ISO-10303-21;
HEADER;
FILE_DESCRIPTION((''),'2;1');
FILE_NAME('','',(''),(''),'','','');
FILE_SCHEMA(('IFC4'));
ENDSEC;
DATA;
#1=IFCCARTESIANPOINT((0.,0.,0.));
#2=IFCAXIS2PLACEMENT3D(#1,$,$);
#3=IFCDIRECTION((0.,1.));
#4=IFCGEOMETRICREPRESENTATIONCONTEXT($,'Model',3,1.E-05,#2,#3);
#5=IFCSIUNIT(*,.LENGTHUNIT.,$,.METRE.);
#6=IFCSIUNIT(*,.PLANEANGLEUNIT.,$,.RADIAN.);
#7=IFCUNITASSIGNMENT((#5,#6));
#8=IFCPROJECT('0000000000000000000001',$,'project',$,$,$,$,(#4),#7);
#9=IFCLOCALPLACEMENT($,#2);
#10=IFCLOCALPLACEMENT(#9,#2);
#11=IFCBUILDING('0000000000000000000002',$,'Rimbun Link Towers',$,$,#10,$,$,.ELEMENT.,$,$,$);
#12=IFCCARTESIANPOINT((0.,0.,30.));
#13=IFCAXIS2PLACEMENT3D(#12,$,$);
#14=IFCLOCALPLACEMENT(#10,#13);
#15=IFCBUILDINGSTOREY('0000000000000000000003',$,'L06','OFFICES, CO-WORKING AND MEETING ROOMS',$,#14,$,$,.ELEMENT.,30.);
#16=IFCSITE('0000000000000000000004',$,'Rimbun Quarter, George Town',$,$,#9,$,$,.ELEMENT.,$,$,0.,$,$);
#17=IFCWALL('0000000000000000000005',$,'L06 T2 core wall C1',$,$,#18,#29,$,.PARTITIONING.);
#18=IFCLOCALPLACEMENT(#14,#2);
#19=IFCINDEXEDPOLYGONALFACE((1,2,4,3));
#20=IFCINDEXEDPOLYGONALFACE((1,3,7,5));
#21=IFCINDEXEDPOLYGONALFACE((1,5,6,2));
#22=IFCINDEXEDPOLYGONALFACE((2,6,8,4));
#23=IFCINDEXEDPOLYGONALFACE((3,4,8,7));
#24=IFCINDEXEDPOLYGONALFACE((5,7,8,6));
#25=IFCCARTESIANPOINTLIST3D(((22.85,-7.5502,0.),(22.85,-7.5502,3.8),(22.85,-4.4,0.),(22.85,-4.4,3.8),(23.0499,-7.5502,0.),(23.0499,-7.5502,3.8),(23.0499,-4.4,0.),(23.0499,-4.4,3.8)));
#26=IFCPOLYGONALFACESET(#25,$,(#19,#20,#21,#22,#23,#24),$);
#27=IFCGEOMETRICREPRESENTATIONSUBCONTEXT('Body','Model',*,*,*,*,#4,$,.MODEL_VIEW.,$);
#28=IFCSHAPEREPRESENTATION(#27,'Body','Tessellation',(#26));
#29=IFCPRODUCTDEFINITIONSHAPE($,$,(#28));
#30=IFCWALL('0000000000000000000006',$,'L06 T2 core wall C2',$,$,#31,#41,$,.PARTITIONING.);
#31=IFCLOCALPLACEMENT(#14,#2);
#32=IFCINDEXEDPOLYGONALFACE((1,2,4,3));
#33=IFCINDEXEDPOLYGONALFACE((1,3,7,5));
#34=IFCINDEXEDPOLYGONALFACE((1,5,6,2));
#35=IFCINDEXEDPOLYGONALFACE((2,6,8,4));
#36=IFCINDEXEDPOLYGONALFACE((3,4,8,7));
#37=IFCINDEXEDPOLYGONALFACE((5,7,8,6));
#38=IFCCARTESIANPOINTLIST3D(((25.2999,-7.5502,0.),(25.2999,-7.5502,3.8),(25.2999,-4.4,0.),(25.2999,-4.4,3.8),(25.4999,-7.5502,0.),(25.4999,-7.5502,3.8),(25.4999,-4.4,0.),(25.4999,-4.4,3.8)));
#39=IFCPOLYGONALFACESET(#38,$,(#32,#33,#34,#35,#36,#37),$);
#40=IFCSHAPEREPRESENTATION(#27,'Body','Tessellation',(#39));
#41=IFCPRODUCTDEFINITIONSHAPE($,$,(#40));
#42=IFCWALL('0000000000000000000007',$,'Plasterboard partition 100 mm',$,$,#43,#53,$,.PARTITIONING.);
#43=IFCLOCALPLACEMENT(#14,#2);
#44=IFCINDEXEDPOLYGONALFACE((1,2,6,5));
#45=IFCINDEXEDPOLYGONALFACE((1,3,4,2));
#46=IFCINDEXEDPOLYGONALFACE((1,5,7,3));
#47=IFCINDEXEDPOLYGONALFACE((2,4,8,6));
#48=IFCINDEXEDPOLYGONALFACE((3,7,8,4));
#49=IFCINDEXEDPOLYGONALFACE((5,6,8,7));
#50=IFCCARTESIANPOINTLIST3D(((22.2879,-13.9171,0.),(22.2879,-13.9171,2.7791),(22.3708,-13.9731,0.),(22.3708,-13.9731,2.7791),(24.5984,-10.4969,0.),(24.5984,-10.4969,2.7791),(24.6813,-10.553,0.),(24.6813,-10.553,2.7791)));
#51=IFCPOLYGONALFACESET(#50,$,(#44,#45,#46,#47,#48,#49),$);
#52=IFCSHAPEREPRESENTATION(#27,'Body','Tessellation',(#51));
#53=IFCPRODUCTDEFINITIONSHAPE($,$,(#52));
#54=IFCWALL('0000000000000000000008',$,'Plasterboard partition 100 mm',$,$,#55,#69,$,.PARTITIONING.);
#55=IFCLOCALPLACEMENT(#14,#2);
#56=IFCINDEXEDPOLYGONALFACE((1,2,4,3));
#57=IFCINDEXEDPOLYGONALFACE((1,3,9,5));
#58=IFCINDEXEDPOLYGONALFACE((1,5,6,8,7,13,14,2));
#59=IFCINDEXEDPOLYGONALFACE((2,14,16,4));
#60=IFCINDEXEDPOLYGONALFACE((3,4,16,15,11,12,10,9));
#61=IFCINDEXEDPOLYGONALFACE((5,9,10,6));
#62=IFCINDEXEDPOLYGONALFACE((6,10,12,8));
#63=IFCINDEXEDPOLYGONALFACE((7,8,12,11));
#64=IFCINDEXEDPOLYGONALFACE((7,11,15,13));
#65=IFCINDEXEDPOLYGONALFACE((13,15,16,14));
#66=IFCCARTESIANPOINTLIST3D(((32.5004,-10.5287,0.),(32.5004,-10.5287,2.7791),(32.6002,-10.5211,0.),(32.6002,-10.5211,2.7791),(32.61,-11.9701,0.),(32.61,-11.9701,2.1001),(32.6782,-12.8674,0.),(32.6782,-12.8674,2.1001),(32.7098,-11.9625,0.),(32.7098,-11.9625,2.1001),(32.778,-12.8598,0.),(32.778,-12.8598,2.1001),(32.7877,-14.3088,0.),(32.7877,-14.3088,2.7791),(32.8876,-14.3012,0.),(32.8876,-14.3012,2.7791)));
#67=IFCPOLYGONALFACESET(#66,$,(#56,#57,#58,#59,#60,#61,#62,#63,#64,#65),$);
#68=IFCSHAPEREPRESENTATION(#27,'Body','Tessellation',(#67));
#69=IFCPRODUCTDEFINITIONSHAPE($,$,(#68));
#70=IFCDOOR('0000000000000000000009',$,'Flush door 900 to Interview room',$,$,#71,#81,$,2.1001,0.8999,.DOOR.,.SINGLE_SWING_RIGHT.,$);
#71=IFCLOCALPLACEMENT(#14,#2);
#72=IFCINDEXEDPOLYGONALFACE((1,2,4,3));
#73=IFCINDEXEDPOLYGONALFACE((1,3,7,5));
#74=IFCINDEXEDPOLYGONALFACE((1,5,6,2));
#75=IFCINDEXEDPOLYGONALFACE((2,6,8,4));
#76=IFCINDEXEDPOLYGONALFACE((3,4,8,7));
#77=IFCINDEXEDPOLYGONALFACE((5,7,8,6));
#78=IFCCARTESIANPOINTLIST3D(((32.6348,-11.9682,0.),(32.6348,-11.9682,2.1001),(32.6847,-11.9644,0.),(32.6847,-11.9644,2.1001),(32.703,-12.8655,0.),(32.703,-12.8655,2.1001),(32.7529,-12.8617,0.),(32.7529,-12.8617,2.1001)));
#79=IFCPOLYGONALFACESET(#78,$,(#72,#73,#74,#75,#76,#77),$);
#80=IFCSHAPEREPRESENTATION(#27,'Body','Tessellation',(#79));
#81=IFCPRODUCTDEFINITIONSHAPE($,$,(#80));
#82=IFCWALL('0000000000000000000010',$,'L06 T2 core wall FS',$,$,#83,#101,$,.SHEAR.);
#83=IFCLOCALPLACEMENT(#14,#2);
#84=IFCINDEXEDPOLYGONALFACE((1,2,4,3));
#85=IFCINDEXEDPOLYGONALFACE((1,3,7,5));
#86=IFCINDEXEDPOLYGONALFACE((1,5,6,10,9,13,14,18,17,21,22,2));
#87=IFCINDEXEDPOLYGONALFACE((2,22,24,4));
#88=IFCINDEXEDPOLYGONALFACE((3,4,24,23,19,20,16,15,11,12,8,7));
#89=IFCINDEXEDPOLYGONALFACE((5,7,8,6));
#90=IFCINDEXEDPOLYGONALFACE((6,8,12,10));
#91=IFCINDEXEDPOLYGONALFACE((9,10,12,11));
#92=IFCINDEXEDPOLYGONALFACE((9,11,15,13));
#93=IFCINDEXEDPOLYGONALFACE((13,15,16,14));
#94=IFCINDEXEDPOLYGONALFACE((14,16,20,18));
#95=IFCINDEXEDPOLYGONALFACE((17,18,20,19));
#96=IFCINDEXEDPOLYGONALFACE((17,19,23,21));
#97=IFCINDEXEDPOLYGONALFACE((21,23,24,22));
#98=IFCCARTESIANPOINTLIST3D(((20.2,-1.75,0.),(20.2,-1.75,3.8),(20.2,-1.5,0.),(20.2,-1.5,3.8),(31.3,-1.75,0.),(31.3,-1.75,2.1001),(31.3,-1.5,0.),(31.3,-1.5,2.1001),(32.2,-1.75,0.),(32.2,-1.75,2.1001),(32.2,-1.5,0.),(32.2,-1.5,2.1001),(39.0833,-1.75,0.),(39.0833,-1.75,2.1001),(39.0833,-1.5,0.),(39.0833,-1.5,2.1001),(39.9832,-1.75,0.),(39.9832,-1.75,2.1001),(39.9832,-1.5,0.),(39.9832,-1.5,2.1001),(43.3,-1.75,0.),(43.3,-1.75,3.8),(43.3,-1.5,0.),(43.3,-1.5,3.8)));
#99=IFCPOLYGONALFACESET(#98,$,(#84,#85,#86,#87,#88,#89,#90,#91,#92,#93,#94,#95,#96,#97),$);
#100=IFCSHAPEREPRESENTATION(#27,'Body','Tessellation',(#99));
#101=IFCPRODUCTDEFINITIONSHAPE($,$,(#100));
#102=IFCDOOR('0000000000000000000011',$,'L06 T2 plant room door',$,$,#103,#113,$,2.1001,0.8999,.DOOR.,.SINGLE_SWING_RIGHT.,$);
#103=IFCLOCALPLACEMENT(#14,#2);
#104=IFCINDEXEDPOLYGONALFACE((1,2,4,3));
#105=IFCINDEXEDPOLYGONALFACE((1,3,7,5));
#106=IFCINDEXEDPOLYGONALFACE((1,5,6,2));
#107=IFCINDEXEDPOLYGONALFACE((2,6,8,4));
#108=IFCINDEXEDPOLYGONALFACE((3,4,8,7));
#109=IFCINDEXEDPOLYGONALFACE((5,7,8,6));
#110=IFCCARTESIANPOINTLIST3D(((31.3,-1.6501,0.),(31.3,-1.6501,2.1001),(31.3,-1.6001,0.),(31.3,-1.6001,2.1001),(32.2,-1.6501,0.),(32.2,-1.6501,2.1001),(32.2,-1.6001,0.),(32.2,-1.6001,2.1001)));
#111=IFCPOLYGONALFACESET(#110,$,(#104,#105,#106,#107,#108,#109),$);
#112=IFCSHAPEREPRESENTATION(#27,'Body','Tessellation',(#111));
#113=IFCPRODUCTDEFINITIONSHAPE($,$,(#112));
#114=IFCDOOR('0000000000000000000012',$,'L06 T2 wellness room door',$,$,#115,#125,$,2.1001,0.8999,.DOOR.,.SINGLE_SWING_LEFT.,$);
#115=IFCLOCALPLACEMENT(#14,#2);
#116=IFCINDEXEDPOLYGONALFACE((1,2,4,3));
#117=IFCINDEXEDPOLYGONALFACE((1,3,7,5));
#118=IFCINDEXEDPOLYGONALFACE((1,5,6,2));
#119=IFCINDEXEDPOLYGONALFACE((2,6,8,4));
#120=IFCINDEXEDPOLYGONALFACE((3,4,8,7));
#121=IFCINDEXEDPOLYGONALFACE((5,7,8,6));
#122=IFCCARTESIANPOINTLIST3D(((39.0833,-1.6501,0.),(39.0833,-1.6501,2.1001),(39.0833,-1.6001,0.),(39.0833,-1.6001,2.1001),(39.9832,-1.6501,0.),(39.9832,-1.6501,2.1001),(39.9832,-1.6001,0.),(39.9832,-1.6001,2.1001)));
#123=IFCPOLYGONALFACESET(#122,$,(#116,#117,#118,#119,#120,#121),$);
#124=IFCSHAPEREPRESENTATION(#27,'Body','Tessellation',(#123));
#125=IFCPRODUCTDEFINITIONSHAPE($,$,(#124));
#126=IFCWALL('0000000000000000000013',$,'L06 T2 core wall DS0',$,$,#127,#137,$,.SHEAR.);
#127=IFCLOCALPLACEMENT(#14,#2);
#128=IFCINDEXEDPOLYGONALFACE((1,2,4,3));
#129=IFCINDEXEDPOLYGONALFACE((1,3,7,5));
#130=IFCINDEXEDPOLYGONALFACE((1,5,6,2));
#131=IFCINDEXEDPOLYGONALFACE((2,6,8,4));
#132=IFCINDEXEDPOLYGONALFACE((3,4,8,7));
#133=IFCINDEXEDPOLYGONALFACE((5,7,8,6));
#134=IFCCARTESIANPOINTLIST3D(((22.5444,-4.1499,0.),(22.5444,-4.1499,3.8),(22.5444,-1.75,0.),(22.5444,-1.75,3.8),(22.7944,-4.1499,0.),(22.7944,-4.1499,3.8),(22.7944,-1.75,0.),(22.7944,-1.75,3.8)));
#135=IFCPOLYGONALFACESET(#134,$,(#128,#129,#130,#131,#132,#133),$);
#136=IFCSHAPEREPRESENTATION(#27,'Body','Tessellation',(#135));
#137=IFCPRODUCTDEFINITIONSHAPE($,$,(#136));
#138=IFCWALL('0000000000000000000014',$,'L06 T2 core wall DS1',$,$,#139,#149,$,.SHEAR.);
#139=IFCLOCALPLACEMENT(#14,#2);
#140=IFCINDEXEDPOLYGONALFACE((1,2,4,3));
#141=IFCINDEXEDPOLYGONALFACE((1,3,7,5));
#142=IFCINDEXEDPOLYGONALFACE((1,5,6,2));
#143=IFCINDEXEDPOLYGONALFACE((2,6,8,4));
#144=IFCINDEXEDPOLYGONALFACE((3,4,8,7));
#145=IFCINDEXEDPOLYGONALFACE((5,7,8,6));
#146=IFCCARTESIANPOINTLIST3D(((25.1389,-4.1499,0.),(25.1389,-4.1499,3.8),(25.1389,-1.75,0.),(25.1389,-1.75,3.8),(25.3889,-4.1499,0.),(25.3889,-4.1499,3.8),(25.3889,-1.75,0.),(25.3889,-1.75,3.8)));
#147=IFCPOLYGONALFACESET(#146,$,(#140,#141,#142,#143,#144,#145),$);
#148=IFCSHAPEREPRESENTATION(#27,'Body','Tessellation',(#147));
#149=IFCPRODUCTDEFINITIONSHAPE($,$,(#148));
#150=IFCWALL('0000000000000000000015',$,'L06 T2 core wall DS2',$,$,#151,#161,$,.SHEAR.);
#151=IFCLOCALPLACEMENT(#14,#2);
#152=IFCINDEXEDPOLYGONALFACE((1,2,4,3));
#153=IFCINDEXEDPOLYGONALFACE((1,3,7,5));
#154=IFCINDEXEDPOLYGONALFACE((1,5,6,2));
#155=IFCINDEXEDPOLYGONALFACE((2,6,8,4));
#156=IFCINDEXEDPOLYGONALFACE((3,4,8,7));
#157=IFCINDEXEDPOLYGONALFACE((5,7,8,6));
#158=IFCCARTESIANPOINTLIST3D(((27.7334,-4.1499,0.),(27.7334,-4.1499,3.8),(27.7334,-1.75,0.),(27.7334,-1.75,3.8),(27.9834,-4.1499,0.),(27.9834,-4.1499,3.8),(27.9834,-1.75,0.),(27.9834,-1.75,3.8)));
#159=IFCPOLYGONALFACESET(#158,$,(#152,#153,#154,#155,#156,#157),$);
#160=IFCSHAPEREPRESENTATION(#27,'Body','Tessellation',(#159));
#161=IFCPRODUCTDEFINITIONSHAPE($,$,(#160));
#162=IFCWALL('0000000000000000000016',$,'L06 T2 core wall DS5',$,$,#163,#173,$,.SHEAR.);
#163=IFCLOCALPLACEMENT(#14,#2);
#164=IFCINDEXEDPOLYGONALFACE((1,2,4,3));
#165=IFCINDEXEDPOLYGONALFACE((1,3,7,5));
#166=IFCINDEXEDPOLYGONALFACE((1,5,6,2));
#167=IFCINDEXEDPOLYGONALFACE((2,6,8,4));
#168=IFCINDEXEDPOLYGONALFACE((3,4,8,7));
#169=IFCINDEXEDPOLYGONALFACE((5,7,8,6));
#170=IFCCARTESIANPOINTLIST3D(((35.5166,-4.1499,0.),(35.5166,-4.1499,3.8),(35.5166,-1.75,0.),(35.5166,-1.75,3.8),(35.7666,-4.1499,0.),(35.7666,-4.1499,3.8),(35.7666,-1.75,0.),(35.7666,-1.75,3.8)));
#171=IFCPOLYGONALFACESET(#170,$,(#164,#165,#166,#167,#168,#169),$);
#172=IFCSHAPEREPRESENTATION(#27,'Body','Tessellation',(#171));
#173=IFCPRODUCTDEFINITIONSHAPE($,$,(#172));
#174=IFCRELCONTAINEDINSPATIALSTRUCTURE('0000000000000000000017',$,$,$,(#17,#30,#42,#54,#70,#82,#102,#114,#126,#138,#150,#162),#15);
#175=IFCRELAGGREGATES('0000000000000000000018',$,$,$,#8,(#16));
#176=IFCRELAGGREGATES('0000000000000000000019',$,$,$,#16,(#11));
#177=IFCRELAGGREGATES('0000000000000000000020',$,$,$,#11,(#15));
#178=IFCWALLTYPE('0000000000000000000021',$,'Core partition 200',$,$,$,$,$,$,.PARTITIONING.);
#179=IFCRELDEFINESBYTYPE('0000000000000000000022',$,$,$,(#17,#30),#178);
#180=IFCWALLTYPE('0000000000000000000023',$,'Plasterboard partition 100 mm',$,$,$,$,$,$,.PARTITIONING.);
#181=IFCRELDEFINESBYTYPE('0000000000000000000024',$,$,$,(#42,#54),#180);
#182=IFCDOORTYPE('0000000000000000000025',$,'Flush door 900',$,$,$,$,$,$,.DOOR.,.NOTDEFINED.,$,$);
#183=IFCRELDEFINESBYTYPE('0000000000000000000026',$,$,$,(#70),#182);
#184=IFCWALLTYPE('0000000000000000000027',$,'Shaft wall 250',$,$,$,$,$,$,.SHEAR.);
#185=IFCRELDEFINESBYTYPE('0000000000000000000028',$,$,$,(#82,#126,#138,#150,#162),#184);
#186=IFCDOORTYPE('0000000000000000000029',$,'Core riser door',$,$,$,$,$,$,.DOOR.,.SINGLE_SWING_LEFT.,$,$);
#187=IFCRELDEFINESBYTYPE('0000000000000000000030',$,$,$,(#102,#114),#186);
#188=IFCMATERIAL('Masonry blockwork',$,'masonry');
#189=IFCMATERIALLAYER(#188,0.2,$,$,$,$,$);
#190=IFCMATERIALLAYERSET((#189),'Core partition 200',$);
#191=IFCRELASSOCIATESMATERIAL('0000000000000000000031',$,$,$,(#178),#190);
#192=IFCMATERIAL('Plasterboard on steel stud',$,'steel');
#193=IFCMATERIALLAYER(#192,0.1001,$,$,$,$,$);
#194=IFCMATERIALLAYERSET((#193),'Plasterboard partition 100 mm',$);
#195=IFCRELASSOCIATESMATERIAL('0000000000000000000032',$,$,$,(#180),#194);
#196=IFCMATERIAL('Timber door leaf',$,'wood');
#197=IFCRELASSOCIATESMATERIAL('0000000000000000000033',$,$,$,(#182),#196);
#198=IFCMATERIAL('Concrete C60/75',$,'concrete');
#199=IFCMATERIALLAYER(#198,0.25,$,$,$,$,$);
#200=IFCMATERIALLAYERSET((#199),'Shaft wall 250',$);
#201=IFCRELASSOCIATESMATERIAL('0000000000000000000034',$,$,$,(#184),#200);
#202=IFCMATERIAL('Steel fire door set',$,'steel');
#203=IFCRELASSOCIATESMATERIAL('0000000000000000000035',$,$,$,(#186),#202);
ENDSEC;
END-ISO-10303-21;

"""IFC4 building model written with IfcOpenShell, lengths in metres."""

from ifc_helpers import new_model, si_unit, direction, frame, frame_2d, origin, place, context, subcontext, project, spatial, rectangle, extrude, material, layer, layer_set, type_object, element, fill, save


model = new_model("IFC4")

# Units and contexts
model_context = context("Model", 3, precision=1e-05, world=origin(), true_north=direction((0.0, 1.0)))
body_context = subcontext(model_context, "Body", "Model", "MODEL_VIEW")
ifc_project = project(units=[si_unit("LENGTHUNIT", "METRE"), si_unit("PLANEANGLEUNIT", "RADIAN")], contexts=[model_context])

# Site, building, storey
site_placement = place(None, origin())
site = spatial("IfcSite", under=ifc_project, at=site_placement, Name="Rimbun Quarter, George Town", CompositionType="ELEMENT", RefElevation=0.0)
building_placement = place(site_placement, origin())
building = spatial("IfcBuilding", under=site, at=building_placement, Name="Rimbun Link Towers", CompositionType="ELEMENT")
storey_placement = place(building_placement, frame((0.0, 0.0, 30.0)))
storey = spatial("IfcBuildingStorey", under=building, at=storey_placement, Name="L06", Description="OFFICES, CO-WORKING AND MEETING ROOMS", CompositionType="ELEMENT", Elevation=30.0)

# Walls
ifc_material_1 = material(Name="Masonry blockwork", Category="masonry")
ifc_layer_1 = layer(ifc_material_1, 0.2)
ifc_layer_set_1 = layer_set([ifc_layer_1], Name="Core partition 200")
wall_type_1 = type_object("IfcWallType", Name="Core partition 200", PredefinedType="PARTITIONING", material=ifc_layer_set_1)
for number, where, z_axis, x_axis, name in (
    (1, (22.95, -4.3999, 0.0), (0.0, 0.0, 1.0), (0.0, -1.0, 0.0), "L06 T2 core wall C1"),
    (2, (25.3999, -4.3999, 0.0), (0.0, 0.0, 1.0), (0.0, -1.0, 0.0), "L06 T2 core wall C2"),
):
    element("IfcWall", number, at=place(storey_placement, frame(where, z_axis=z_axis, x_axis=x_axis)), inside=storey, type_object=wall_type_1, Name=name, PredefinedType="PARTITIONING", context=body_context, shape_type="SweptSolid", body=[
        extrude(rectangle(XDim=3.1501, YDim=0.2, at=frame_2d((1.5752, 0.0))), origin(), (0.0, 0.0, 1.0), 3.8),
    ])
ifc_material_2 = material(Name="Plasterboard on steel stud", Category="steel")
ifc_layer_2 = layer(ifc_material_2, 0.1001)
ifc_layer_set_2 = layer_set([ifc_layer_2], Name="Plasterboard partition 100 mm")
wall_type_2 = type_object("IfcWallType", Name="Plasterboard partition 100 mm", PredefinedType="PARTITIONING", material=ifc_layer_set_2)
wall_1_placement = place(storey_placement, frame((22.3293, -13.9451, 0.0), z_axis=(0.0, 0.0, 1.0), x_axis=(0.559795, 0.828631, 0.0)))
element("IfcWall", 3, at=wall_1_placement, inside=storey, type_object=wall_type_2, Name="Plasterboard partition 100 mm", PredefinedType="PARTITIONING", context=body_context, shape_type="SweptSolid", body=[
    extrude(rectangle(XDim=4.1274, YDim=0.1001, at=frame_2d((2.0637, 0.0))), origin(), (0.0, 0.0, 1.0), 2.7791),
])

# Wall, opening, door
wall_2_placement = place(storey_placement, frame((32.5503, -10.5249, 0.0), z_axis=(0.0, 0.0, 1.0), x_axis=(0.0758, -0.997123, 0.0)))
wall_2 = element("IfcWall", 4, at=wall_2_placement, inside=storey, type_object=wall_type_2, Name="Plasterboard partition 100 mm", PredefinedType="PARTITIONING", context=body_context, shape_type="SweptSolid", body=[
    extrude(rectangle(XDim=3.791, YDim=0.1001, at=frame_2d((1.8955, 0.0))), origin(), (0.0, 0.0, 1.0), 2.7791),
])
opening_1_placement = place(wall_2_placement, frame((1.4456, 0.0, 0.0)))
opening_1 = element("IfcOpeningElement", 5, at=opening_1_placement, cuts=wall_2, PredefinedType="OPENING", context=body_context, shape_type="SweptSolid", body=[
    extrude(rectangle(XDim=0.8999, YDim=2.1001, at=frame_2d((0.45, 1.05))), frame((0.0, 0.0601, 0.0), z_axis=(0.0, -1.0, 0.0), x_axis=(1.0, 0.0, 0.0)), (0.0, 0.0, 1.0), 0.1201),
])
ifc_material_3 = material(Name="Timber door leaf", Category="wood")
door_type_1 = type_object("IfcDoorType", Name="Flush door 900", OperationType="NOTDEFINED", PredefinedType="DOOR", material=ifc_material_3)
door_1_placement = place(opening_1_placement, origin())
door_1 = element("IfcDoor", 6, at=door_1_placement, inside=storey, type_object=door_type_1, Name="Flush door 900 to Interview room", OperationType="SINGLE_SWING_RIGHT", OverallHeight=2.1001, OverallWidth=0.8999, PredefinedType="DOOR", context=body_context, shape_type="SweptSolid", body=[
    extrude(rectangle(XDim=0.8999, YDim=2.1001, at=frame_2d((0.45, 1.05))), frame((0.0, 0.0249, 0.0), z_axis=(0.0, -1.0, 0.0), x_axis=(1.0, 0.0, 0.0)), (0.0, 0.0, 1.0), 0.05),
])
fill(opening_1, door_1)

# Wall, openings, doors
ifc_material_4 = material(Name="Concrete C60/75", Category="concrete")
ifc_layer_3 = layer(ifc_material_4, 0.25)
ifc_layer_set_3 = layer_set([ifc_layer_3], Name="Shaft wall 250")
wall_type_3 = type_object("IfcWallType", Name="Shaft wall 250", PredefinedType="SHEAR", material=ifc_layer_set_3)
wall_3_placement = place(storey_placement, frame((20.2, -1.625, 0.0), z_axis=(0.0, 0.0, 1.0), x_axis=(1.0, 0.0, 0.0)))
wall_3 = element("IfcWall", 7, at=wall_3_placement, inside=storey, type_object=wall_type_3, Name="L06 T2 core wall FS", PredefinedType="SHEAR", context=body_context, shape_type="SweptSolid", body=[
    extrude(rectangle(XDim=23.1001, YDim=0.25, at=frame_2d((11.55, 0.0))), origin(), (0.0, 0.0, 1.0), 3.8),
])
opening_2_placement = place(wall_3_placement, frame((11.1001, 0.0, 0.0)))
opening_2 = element("IfcOpeningElement", 8, at=opening_2_placement, cuts=wall_3, PredefinedType="OPENING", context=body_context, shape_type="SweptSolid", body=[
    extrude(rectangle(XDim=0.8999, YDim=2.1001, at=frame_2d((0.45, 1.05))), frame((0.0, 0.135, 0.0), z_axis=(0.0, -1.0, 0.0), x_axis=(1.0, 0.0, 0.0)), (0.0, 0.0, 1.0), 0.27),
])
opening_3_placement = place(wall_3_placement, frame((18.8833, 0.0, 0.0)))
opening_3 = element("IfcOpeningElement", 9, at=opening_3_placement, cuts=wall_3, PredefinedType="OPENING", context=body_context, shape_type="SweptSolid", body=[
    extrude(rectangle(XDim=0.8999, YDim=2.1001, at=frame_2d((0.45, 1.05))), frame((0.0, 0.135, 0.0), z_axis=(0.0, -1.0, 0.0), x_axis=(1.0, 0.0, 0.0)), (0.0, 0.0, 1.0), 0.27),
])
ifc_material_5 = material(Name="Steel fire door set", Category="steel")
door_type_2 = type_object("IfcDoorType", Name="Core riser door", OperationType="SINGLE_SWING_LEFT", PredefinedType="DOOR", material=ifc_material_5)
door_2_placement = place(opening_2_placement, origin())
door_2 = element("IfcDoor", 10, at=door_2_placement, inside=storey, type_object=door_type_2, Name="L06 T2 plant room door", OperationType="SINGLE_SWING_RIGHT", OverallHeight=2.1001, OverallWidth=0.8999, PredefinedType="DOOR", context=body_context, shape_type="SweptSolid", body=[
    extrude(rectangle(XDim=0.8999, YDim=2.1001, at=frame_2d((0.45, 1.05))), frame((0.0, 0.0249, 0.0), z_axis=(0.0, -1.0, 0.0), x_axis=(1.0, 0.0, 0.0)), (0.0, 0.0, 1.0), 0.05),
])
fill(opening_2, door_2)
door_3_placement = place(opening_3_placement, origin())
door_3 = element("IfcDoor", 11, at=door_3_placement, inside=storey, type_object=door_type_2, Name="L06 T2 wellness room door", OperationType="SINGLE_SWING_LEFT", OverallHeight=2.1001, OverallWidth=0.8999, PredefinedType="DOOR", context=body_context, shape_type="SweptSolid", body=[
    extrude(rectangle(XDim=0.8999, YDim=2.1001, at=frame_2d((0.45, 1.05))), frame((0.0, 0.0249, 0.0), z_axis=(0.0, -1.0, 0.0), x_axis=(1.0, 0.0, 0.0)), (0.0, 0.0, 1.0), 0.05),
])
fill(opening_3, door_3)

# Walls
for number, where, z_axis, x_axis, name in (
    (12, (22.6694, -4.1499, 0.0), (0.0, 0.0, 1.0), (0.0, 1.0, 0.0), "L06 T2 core wall DS0"),
    (13, (25.2639, -4.1499, 0.0), (0.0, 0.0, 1.0), (0.0, 1.0, 0.0), "L06 T2 core wall DS1"),
    (14, (27.8584, -4.1499, 0.0), (0.0, 0.0, 1.0), (0.0, 1.0, 0.0), "L06 T2 core wall DS2"),
    (15, (35.6416, -4.1499, 0.0), (0.0, 0.0, 1.0), (0.0, 1.0, 0.0), "L06 T2 core wall DS5"),
):
    element("IfcWall", number, at=place(storey_placement, frame(where, z_axis=z_axis, x_axis=x_axis)), inside=storey, type_object=wall_type_3, Name=name, PredefinedType="SHEAR", context=body_context, shape_type="SweptSolid", body=[
        extrude(rectangle(XDim=2.3999, YDim=0.25, at=frame_2d((1.2, 0.0))), origin(), (0.0, 0.0, 1.0), 3.8),
    ])

save(model, "model.ifc")
